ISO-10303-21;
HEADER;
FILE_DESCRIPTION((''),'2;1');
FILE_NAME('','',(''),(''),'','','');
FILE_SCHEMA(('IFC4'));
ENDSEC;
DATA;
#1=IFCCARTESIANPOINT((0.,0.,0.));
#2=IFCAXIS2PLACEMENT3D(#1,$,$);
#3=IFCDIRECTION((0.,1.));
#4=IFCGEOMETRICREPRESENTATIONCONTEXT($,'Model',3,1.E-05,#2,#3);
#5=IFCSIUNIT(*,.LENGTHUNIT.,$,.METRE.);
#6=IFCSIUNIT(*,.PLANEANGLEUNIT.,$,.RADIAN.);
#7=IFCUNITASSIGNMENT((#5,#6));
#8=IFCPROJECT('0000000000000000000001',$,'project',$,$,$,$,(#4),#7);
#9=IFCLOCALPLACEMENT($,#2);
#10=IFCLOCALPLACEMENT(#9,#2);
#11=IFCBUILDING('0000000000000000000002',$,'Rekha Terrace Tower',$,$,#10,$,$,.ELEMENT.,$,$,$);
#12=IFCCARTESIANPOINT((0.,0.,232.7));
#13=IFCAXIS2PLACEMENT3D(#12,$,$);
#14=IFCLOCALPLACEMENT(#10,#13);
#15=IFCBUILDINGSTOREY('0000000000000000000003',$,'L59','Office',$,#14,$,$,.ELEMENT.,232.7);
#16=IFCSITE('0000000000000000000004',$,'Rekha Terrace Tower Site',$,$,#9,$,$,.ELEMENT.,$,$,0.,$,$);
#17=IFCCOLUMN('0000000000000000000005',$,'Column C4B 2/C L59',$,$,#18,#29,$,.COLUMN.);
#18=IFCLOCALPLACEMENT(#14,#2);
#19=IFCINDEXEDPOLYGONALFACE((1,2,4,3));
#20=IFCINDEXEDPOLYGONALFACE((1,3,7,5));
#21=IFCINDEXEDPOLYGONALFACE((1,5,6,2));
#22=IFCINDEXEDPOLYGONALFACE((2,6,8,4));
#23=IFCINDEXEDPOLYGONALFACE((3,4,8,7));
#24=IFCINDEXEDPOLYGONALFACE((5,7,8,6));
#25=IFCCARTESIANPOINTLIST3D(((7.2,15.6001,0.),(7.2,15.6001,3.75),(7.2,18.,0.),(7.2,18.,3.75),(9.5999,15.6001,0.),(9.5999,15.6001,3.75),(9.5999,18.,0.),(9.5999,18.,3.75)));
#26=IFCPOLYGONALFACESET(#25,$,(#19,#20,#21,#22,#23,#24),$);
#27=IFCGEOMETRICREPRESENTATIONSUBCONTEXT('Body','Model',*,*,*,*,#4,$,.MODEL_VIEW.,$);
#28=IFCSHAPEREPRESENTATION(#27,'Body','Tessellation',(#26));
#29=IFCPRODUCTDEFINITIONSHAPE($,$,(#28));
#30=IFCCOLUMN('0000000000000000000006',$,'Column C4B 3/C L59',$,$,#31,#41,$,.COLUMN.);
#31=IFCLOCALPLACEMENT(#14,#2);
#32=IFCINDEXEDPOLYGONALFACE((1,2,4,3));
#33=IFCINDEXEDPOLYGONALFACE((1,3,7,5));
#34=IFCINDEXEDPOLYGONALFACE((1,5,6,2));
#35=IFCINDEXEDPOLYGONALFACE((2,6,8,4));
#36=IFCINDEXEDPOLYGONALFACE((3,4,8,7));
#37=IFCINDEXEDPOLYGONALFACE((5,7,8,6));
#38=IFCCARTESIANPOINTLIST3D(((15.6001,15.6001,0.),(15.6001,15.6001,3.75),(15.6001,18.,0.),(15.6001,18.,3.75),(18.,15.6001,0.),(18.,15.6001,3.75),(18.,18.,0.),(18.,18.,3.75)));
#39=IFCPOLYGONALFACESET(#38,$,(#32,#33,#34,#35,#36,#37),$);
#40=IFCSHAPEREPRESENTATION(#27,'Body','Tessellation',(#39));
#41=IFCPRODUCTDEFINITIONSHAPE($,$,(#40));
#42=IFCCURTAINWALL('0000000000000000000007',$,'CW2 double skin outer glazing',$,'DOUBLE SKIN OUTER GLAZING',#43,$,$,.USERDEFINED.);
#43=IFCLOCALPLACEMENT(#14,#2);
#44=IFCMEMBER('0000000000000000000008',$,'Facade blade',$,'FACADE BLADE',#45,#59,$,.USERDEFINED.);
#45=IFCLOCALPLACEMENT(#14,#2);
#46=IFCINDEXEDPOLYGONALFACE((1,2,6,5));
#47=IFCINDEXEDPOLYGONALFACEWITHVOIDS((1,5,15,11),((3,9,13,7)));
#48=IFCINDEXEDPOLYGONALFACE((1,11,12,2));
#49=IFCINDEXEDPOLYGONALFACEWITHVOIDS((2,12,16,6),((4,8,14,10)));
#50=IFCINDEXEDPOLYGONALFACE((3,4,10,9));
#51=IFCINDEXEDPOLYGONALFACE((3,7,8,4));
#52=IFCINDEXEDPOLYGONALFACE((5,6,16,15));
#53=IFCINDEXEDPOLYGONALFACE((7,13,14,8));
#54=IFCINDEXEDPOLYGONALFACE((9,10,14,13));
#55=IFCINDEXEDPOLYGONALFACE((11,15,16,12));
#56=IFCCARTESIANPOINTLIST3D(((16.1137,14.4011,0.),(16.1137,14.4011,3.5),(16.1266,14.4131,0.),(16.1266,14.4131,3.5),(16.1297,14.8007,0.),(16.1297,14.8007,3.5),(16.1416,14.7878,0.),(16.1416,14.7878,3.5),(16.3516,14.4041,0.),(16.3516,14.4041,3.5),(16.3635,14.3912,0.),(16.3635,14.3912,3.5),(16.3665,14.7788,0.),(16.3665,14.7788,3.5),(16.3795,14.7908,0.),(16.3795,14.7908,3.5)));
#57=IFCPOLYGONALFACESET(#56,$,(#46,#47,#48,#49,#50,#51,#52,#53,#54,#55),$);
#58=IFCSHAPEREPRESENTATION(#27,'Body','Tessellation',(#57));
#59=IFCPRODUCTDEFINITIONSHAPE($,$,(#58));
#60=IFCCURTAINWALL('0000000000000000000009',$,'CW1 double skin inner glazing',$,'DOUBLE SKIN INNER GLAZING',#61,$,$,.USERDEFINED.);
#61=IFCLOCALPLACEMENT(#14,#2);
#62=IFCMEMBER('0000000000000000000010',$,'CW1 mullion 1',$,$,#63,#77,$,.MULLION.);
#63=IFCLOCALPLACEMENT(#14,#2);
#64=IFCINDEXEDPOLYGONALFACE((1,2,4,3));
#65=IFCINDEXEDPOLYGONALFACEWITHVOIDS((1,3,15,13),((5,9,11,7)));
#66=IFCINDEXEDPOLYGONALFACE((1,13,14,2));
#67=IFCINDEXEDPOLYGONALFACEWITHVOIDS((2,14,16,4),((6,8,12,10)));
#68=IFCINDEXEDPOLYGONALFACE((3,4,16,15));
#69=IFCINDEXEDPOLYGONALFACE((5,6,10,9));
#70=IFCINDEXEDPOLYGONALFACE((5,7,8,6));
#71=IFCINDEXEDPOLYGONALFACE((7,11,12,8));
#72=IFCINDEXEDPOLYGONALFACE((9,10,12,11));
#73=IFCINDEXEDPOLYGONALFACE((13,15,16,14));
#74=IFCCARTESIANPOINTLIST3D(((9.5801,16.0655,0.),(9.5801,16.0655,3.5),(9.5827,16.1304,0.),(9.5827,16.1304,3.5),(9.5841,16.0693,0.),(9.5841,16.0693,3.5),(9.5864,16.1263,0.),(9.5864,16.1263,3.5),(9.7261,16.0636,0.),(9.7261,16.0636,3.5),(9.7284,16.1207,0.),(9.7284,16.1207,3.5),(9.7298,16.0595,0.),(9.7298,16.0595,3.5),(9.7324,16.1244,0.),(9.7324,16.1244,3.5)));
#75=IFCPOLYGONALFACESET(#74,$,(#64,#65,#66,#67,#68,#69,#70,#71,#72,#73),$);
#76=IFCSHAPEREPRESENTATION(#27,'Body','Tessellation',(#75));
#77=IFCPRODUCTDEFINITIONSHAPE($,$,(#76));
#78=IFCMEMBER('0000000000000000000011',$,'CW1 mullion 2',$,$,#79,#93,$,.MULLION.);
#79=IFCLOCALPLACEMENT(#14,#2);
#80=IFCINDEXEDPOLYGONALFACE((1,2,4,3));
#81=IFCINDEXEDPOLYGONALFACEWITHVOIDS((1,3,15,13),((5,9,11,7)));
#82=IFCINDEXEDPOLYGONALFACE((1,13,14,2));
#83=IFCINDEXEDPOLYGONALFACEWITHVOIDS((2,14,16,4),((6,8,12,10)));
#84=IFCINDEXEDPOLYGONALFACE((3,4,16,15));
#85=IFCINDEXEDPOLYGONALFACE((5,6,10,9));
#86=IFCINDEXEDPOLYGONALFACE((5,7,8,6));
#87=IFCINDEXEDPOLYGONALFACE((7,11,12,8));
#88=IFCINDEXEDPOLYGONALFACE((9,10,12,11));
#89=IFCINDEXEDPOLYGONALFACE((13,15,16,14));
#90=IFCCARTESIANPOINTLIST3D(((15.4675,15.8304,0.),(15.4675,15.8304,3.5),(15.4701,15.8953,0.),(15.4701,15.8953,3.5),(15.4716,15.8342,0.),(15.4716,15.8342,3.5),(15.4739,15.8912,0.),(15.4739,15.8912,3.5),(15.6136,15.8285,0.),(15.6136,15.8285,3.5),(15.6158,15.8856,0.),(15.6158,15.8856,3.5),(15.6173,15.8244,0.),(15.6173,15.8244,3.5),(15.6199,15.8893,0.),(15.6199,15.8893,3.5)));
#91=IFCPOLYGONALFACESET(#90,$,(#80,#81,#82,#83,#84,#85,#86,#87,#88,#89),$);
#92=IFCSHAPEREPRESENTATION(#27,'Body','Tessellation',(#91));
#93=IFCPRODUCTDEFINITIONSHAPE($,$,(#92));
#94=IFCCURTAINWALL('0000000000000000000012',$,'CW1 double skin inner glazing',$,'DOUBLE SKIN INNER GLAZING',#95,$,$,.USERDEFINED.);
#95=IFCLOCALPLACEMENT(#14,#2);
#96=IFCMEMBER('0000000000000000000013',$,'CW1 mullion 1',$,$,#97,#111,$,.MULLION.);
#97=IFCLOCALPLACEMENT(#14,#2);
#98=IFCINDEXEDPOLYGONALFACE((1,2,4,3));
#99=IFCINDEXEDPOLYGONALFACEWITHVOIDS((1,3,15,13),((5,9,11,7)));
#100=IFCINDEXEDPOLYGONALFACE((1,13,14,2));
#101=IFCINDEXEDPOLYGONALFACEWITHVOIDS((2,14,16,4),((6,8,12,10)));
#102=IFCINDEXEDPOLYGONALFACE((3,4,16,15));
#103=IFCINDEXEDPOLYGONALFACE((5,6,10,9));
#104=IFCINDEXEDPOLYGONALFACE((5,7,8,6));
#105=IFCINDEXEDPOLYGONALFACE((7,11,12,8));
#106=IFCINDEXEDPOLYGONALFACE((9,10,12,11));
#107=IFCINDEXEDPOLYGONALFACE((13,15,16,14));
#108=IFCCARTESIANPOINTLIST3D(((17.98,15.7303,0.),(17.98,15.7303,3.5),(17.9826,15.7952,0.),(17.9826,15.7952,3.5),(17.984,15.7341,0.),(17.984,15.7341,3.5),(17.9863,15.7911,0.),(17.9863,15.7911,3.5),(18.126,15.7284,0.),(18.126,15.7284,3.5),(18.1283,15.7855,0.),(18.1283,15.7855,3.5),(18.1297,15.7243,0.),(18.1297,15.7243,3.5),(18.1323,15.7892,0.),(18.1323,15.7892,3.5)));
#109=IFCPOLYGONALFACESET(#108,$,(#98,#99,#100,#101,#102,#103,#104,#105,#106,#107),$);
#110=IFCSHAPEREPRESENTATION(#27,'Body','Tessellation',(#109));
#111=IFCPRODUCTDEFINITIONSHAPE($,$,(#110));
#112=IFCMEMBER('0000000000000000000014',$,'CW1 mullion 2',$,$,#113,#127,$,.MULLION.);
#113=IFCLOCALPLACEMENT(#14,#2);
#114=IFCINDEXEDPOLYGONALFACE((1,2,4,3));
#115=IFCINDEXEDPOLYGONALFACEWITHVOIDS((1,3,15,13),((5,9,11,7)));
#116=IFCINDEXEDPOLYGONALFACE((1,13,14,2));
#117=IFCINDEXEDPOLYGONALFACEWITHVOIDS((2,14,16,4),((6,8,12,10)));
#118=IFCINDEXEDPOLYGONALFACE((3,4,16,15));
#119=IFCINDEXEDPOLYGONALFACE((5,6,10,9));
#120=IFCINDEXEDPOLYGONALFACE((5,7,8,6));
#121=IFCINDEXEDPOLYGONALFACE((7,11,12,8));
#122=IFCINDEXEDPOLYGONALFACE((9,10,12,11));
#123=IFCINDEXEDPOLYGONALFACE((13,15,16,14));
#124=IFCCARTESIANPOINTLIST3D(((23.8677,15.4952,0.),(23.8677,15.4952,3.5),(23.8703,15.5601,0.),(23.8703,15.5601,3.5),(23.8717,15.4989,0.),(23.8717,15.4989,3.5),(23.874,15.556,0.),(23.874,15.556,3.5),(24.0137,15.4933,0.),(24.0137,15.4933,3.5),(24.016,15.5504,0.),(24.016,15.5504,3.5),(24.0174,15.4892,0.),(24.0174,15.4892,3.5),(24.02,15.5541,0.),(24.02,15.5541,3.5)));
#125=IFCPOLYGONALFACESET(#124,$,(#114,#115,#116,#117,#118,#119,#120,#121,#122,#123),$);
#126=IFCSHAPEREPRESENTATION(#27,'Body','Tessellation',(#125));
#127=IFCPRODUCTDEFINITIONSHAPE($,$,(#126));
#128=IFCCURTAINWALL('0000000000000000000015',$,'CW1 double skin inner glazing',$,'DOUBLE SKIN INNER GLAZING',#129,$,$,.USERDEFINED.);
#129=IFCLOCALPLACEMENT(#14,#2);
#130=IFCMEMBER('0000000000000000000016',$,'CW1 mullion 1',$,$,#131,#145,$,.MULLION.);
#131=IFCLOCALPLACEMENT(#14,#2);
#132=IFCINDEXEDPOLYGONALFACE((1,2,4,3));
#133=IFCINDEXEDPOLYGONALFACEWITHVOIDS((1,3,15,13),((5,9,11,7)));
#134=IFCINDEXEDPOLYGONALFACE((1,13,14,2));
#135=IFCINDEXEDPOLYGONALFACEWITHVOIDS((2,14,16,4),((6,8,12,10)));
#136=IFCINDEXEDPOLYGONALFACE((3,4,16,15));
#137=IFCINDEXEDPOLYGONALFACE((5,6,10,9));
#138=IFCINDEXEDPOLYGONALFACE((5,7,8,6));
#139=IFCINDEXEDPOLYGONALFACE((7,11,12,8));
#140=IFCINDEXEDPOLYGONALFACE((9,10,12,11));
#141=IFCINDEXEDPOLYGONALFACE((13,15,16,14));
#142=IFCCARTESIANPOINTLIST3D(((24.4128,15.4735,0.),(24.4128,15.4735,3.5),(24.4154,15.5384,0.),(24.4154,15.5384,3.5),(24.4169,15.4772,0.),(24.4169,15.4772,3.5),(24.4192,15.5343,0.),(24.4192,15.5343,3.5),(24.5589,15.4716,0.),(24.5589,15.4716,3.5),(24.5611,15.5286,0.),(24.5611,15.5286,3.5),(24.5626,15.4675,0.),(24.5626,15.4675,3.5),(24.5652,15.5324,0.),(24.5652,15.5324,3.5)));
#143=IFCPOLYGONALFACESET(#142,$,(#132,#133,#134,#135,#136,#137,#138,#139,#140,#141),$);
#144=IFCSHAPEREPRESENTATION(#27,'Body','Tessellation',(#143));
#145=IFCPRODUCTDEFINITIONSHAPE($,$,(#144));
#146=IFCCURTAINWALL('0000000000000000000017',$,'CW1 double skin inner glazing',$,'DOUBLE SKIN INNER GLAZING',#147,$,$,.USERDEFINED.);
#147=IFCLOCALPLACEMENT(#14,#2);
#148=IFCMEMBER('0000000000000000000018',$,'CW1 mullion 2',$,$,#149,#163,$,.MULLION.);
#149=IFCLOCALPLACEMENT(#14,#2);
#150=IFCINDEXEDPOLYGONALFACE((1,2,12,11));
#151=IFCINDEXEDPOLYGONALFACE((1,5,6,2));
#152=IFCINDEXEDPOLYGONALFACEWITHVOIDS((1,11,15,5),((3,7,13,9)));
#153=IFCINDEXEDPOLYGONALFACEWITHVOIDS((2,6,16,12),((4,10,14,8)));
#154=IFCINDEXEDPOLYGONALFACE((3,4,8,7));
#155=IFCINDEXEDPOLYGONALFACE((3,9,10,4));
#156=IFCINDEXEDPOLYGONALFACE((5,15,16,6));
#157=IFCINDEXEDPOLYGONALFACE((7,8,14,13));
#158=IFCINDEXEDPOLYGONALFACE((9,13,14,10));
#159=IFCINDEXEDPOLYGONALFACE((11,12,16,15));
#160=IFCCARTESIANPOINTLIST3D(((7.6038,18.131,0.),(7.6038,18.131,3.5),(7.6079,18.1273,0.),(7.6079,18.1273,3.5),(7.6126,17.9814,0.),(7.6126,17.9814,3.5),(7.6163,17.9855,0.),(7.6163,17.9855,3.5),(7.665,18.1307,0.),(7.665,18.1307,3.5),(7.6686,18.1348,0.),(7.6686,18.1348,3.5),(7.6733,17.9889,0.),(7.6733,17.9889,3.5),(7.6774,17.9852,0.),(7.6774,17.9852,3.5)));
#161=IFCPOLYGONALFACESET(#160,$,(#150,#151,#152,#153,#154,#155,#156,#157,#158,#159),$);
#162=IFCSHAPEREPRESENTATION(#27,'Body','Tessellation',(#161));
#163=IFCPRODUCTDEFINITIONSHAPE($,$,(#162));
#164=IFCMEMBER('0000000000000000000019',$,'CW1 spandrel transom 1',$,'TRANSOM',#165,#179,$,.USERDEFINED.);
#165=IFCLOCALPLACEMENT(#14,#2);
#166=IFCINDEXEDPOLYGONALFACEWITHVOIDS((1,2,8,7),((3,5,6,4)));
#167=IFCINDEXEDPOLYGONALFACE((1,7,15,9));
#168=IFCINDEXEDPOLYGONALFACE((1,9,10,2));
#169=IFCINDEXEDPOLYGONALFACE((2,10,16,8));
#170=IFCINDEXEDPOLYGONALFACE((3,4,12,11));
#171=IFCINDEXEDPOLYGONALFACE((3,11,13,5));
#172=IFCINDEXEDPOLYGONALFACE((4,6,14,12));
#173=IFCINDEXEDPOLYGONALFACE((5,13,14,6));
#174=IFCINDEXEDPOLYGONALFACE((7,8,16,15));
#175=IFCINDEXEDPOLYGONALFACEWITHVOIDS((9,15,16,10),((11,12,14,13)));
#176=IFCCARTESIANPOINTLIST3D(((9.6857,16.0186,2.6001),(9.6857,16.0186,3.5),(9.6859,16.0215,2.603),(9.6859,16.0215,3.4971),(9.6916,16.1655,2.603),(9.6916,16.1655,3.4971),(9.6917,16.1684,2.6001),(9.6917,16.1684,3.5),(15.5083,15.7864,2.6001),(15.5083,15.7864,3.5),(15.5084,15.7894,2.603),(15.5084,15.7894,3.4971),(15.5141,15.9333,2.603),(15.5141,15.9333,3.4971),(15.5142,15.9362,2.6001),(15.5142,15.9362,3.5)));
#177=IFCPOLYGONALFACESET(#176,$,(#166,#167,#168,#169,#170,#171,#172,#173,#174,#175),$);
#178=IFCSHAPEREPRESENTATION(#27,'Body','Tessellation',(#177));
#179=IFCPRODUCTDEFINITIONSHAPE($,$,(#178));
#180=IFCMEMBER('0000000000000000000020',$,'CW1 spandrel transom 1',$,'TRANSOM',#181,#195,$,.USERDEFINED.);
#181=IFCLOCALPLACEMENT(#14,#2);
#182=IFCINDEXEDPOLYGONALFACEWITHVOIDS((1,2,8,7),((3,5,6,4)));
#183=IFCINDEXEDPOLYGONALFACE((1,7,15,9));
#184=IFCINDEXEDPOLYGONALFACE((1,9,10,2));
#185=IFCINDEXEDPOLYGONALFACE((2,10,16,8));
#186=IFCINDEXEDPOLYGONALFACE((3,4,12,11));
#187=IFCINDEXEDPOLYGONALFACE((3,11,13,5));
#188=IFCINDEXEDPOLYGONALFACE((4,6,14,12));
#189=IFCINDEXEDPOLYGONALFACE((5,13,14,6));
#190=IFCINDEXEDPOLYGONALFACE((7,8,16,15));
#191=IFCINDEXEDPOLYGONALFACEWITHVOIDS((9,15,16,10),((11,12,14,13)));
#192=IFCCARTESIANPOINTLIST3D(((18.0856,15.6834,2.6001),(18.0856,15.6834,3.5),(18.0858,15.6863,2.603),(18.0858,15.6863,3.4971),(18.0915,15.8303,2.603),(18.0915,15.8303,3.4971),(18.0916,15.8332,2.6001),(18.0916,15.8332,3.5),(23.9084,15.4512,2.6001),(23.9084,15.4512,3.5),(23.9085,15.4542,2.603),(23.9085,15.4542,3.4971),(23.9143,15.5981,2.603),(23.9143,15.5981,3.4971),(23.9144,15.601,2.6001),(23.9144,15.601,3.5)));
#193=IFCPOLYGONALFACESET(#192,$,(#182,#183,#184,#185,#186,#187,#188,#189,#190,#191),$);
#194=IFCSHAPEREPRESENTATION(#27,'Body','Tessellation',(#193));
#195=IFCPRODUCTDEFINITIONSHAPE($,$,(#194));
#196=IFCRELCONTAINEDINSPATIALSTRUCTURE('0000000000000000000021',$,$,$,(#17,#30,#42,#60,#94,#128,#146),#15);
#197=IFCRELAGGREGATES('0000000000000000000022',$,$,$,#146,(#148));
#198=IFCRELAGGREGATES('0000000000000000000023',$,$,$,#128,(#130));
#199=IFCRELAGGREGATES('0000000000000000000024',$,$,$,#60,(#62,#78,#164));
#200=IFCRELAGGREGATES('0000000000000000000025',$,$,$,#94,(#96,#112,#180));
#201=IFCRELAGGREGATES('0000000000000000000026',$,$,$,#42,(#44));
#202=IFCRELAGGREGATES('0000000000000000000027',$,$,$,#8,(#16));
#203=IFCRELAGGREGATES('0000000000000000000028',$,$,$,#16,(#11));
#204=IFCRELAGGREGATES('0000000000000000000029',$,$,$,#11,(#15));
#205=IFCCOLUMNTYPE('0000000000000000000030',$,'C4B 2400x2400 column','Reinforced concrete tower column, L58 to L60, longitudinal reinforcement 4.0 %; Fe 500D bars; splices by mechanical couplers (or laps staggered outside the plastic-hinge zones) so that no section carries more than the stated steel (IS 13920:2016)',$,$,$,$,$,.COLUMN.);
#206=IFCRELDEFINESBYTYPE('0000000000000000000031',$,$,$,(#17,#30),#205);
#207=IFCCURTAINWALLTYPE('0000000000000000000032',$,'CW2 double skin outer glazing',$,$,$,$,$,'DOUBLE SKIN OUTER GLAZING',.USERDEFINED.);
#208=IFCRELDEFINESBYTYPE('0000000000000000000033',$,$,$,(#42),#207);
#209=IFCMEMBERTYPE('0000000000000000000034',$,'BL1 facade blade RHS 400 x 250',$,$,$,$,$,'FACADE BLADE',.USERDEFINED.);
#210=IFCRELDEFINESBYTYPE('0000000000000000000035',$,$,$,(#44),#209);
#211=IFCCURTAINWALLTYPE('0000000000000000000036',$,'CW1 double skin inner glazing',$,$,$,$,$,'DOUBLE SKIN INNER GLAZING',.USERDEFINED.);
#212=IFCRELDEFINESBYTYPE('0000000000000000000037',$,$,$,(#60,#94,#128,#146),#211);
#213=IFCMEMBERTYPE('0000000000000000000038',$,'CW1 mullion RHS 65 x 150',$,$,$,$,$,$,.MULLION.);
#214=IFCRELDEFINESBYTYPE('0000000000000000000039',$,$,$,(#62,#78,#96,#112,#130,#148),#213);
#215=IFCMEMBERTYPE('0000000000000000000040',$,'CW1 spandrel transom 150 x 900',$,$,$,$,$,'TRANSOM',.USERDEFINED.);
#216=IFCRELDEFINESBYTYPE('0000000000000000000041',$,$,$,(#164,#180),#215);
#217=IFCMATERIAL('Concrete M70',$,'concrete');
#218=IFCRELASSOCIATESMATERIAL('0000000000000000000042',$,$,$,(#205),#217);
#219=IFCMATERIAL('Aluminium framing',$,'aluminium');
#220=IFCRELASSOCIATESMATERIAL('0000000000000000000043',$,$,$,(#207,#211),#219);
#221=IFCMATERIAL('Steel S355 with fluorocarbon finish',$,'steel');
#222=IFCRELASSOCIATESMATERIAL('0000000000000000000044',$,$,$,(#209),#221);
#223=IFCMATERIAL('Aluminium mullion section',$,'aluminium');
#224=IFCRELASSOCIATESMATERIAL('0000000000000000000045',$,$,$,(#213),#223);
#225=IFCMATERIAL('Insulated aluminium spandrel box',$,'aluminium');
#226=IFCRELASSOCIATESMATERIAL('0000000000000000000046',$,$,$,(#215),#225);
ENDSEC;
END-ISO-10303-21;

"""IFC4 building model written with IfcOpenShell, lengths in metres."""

from ifc_helpers import new_model, si_unit, direction, frame, origin, origin_2d, place, context, subcontext, project, spatial, rectangle, hollow_rectangle, extrude, material, material_profile, profile_set, type_object, element, aggregate, save


model = new_model("IFC4")

# Units and contexts
model_context = context("Model", 3, precision=1e-05, world=origin(), true_north=direction((0.0, 1.0)))
body_context = subcontext(model_context, "Body", "Model", "MODEL_VIEW")
ifc_project = project(units=[si_unit("LENGTHUNIT", "METRE"), si_unit("PLANEANGLEUNIT", "RADIAN")], contexts=[model_context])

# Site, building, storey
site_placement = place(None, origin())
site = spatial("IfcSite", under=ifc_project, at=site_placement, Name="Rekha Terrace Tower Site", CompositionType="ELEMENT", RefElevation=0.0)
building_placement = place(site_placement, origin())
building = spatial("IfcBuilding", under=site, at=building_placement, Name="Rekha Terrace Tower", CompositionType="ELEMENT")
storey_placement = place(building_placement, frame((0.0, 0.0, 232.7)))
storey = spatial("IfcBuildingStorey", under=building, at=storey_placement, Name="L59", Description="Office", CompositionType="ELEMENT", Elevation=232.7)

# Columns
ifc_material_1 = material(Name="Concrete M70", Category="concrete")
ifc_material_profile_1 = material_profile(ifc_material_1, rectangle(XDim=2.3999, YDim=2.3999, at=origin_2d()), Name="RC 2400x2400")
ifc_profile_set_1 = profile_set([ifc_material_profile_1], Name="Concrete M70")
column_type = type_object("IfcColumnType", Name="C4B 2400x2400 column", Description="Reinforced concrete tower column, L58 to L60, longitudinal reinforcement 4.0 %; Fe 500D bars; splices by mechanical couplers (or laps staggered outside the plastic-hinge zones) so that no section carries more than the stated steel (IS 13920:2016)", PredefinedType="COLUMN", material=ifc_profile_set_1)
for number, where, z_axis, x_axis, name in (
    (1, (8.3999, 16.8, 0.0), (0.0, 0.0, 1.0), (1.0, 0.0, 0.0), "Column C4B 2/C L59"),
    (2, (16.8, 16.8, 0.0), (0.0, 0.0, 1.0), (1.0, 0.0, 0.0), "Column C4B 3/C L59"),
):
    element("IfcColumn", number, at=place(storey_placement, frame(where, z_axis=z_axis, x_axis=x_axis)), inside=storey, type_object=column_type, Name=name, PredefinedType="COLUMN", context=body_context, shape_type="SweptSolid", body=[
        extrude(rectangle(XDim=2.3999, YDim=2.3999, at=origin_2d()), origin(), (0.0, 0.0, 1.0), 3.75),
    ])

# Curtain wall, member
ifc_material_2 = material(Name="Aluminium framing", Category="aluminium")
curtain_wall_type_1 = type_object("IfcCurtainWallType", Name="CW2 double skin outer glazing", ElementType="DOUBLE SKIN OUTER GLAZING", PredefinedType="USERDEFINED", material=ifc_material_2)
curtain_wall_1_placement = place(storey_placement, origin())
curtain_wall_1 = element("IfcCurtainWall", 3, at=curtain_wall_1_placement, inside=storey, type_object=curtain_wall_type_1, Name="CW2 double skin outer glazing", ObjectType="DOUBLE SKIN OUTER GLAZING", PredefinedType="USERDEFINED")
ifc_material_3 = material(Name="Steel S355 with fluorocarbon finish", Category="steel")
ifc_material_profile_2 = material_profile(ifc_material_3, hollow_rectangle(XDim=0.25, YDim=0.3999, WallThickness=0.0125, at=origin_2d()), Name="RHS400x250x12.5")
ifc_profile_set_2 = profile_set([ifc_material_profile_2], Name="Steel S355 with fluorocarbon finish")
member_type_1 = type_object("IfcMemberType", Name="BL1 facade blade RHS 400 x 250", ElementType="FACADE BLADE", PredefinedType="USERDEFINED", material=ifc_profile_set_2)
member_1_placement = place(storey_placement, frame((16.2466, 14.5959, 0.0), z_axis=(0.0, 0.0, 1.0), x_axis=(0.999205, -0.039872, 0.0)))
member_1 = element("IfcMember", 4, at=member_1_placement, type_object=member_type_1, Name="Facade blade", ObjectType="FACADE BLADE", PredefinedType="USERDEFINED", context=body_context, shape_type="SweptSolid", body=[
    extrude(hollow_rectangle(XDim=0.25, YDim=0.3999, WallThickness=0.0125, at=origin_2d()), origin(), (0.0, 0.0, 1.0), 3.5),
])

# Curtain walls, members
curtain_wall_type_2 = type_object("IfcCurtainWallType", Name="CW1 double skin inner glazing", ElementType="DOUBLE SKIN INNER GLAZING", PredefinedType="USERDEFINED", material=ifc_material_2)
curtain_wall_2_placement = place(storey_placement, origin())
curtain_wall_2 = element("IfcCurtainWall", 5, at=curtain_wall_2_placement, inside=storey, type_object=curtain_wall_type_2, Name="CW1 double skin inner glazing", ObjectType="DOUBLE SKIN INNER GLAZING", PredefinedType="USERDEFINED")
ifc_material_4 = material(Name="Aluminium mullion section", Category="aluminium")
ifc_material_profile_3 = material_profile(ifc_material_4, hollow_rectangle(XDim=0.0649, YDim=0.1499, WallThickness=0.0039, at=origin_2d()), Name="AL RHS 65x150")
ifc_profile_set_3 = profile_set([ifc_material_profile_3], Name="Aluminium mullion section")
member_type_2 = type_object("IfcMemberType", Name="CW1 mullion RHS 65 x 150", PredefinedType="MULLION", material=ifc_profile_set_3)
member_2_placement = place(storey_placement, frame((9.6562, 16.095, 0.0), z_axis=(0.0, 0.0, 1.0), x_axis=(0.039872, 0.999205, 0.0)))
member_2 = element("IfcMember", 6, at=member_2_placement, type_object=member_type_2, Name="CW1 mullion 1", PredefinedType="MULLION", context=body_context, shape_type="SweptSolid", body=[
    extrude(hollow_rectangle(XDim=0.0649, YDim=0.1499, WallThickness=0.0039, at=origin_2d()), origin(), (0.0, 0.0, 1.0), 3.5),
])
member_3_placement = place(storey_placement, frame((15.5437, 15.8599, 0.0), z_axis=(0.0, 0.0, 1.0), x_axis=(0.039872, 0.999205, 0.0)))
member_3 = element("IfcMember", 7, at=member_3_placement, type_object=member_type_2, Name="CW1 mullion 2", PredefinedType="MULLION", context=body_context, shape_type="SweptSolid", body=[
    extrude(hollow_rectangle(XDim=0.0649, YDim=0.1499, WallThickness=0.0039, at=origin_2d()), origin(), (0.0, 0.0, 1.0), 3.5),
])
curtain_wall_3_placement = place(storey_placement, origin())
curtain_wall_3 = element("IfcCurtainWall", 8, at=curtain_wall_3_placement, inside=storey, type_object=curtain_wall_type_2, Name="CW1 double skin inner glazing", ObjectType="DOUBLE SKIN INNER GLAZING", PredefinedType="USERDEFINED")
member_4_placement = place(storey_placement, frame((18.0562, 15.7598, 0.0), z_axis=(0.0, 0.0, 1.0), x_axis=(0.039872, 0.999205, 0.0)))
member_4 = element("IfcMember", 9, at=member_4_placement, type_object=member_type_2, Name="CW1 mullion 1", PredefinedType="MULLION", context=body_context, shape_type="SweptSolid", body=[
    extrude(hollow_rectangle(XDim=0.0649, YDim=0.1499, WallThickness=0.0039, at=origin_2d()), origin(), (0.0, 0.0, 1.0), 3.5),
])
member_5_placement = place(storey_placement, frame((23.9438, 15.5247, 0.0), z_axis=(0.0, 0.0, 1.0), x_axis=(0.039872, 0.999205, 0.0)))
member_5 = element("IfcMember", 10, at=member_5_placement, type_object=member_type_2, Name="CW1 mullion 2", PredefinedType="MULLION", context=body_context, shape_type="SweptSolid", body=[
    extrude(hollow_rectangle(XDim=0.0649, YDim=0.1499, WallThickness=0.0039, at=origin_2d()), origin(), (0.0, 0.0, 1.0), 3.5),
])

# Curtain walls, members
curtain_wall_4_placement = place(storey_placement, origin())
curtain_wall_4 = element("IfcCurtainWall", 11, at=curtain_wall_4_placement, inside=storey, type_object=curtain_wall_type_2, Name="CW1 double skin inner glazing", ObjectType="DOUBLE SKIN INNER GLAZING", PredefinedType="USERDEFINED")
member_6_placement = place(storey_placement, frame((24.489, 15.5029, 0.0), z_axis=(0.0, 0.0, 1.0), x_axis=(0.039872, 0.999205, 0.0)))
member_6 = element("IfcMember", 12, at=member_6_placement, type_object=member_type_2, Name="CW1 mullion 1", PredefinedType="MULLION", context=body_context, shape_type="SweptSolid", body=[
    extrude(hollow_rectangle(XDim=0.0649, YDim=0.1499, WallThickness=0.0039, at=origin_2d()), origin(), (0.0, 0.0, 1.0), 3.5),
])
curtain_wall_5_placement = place(storey_placement, origin())
curtain_wall_5 = element("IfcCurtainWall", 13, at=curtain_wall_5_placement, inside=storey, type_object=curtain_wall_type_2, Name="CW1 double skin inner glazing", ObjectType="DOUBLE SKIN INNER GLAZING", PredefinedType="USERDEFINED")
member_7_placement = place(storey_placement, frame((7.6406, 18.0581, 0.0), z_axis=(0.0, 0.0, 1.0), x_axis=(0.998272, 0.058765, 0.0)))
member_7 = element("IfcMember", 14, at=member_7_placement, type_object=member_type_2, Name="CW1 mullion 2", PredefinedType="MULLION", context=body_context, shape_type="SweptSolid", body=[
    extrude(hollow_rectangle(XDim=0.0649, YDim=0.1499, WallThickness=0.0039, at=origin_2d()), origin(), (0.0, 0.0, 1.0), 3.5),
])
aggregate(curtain_wall_5, [member_7])

# Members
ifc_material_5 = material(Name="Insulated aluminium spandrel box", Category="aluminium")
ifc_material_profile_4 = material_profile(ifc_material_5, hollow_rectangle(XDim=0.1499, YDim=0.8999, WallThickness=0.0029, at=origin_2d()), Name="AL SPANDREL BOX 150x900")
ifc_profile_set_4 = profile_set([ifc_material_profile_4], Name="Insulated aluminium spandrel box")
member_type_3 = type_object("IfcMemberType", Name="CW1 spandrel transom 150 x 900", ElementType="TRANSOM", PredefinedType="USERDEFINED", material=ifc_profile_set_4)
member_8_placement = place(storey_placement, frame((9.6887, 16.0935, 3.05), z_axis=(0.999206, -0.039844, 0.0), x_axis=(0.039844, 0.999206, 0.0)))
member_8 = element("IfcMember", 15, at=member_8_placement, type_object=member_type_3, Name="CW1 spandrel transom 1", ObjectType="TRANSOM", PredefinedType="USERDEFINED", context=body_context, shape_type="SweptSolid", body=[
    extrude(hollow_rectangle(XDim=0.1499, YDim=0.8999, WallThickness=0.0029, at=origin_2d()), origin(), (0.0, 0.0, 1.0), 5.8271),
])
member_9_placement = place(storey_placement, frame((18.0886, 15.7583, 3.05), z_axis=(0.999206, -0.039843, 0.0), x_axis=(0.039843, 0.999206, 0.0)))
member_9 = element("IfcMember", 16, at=member_9_placement, type_object=member_type_3, Name="CW1 spandrel transom 1", ObjectType="TRANSOM", PredefinedType="USERDEFINED", context=body_context, shape_type="SweptSolid", body=[
    extrude(hollow_rectangle(XDim=0.1499, YDim=0.8999, WallThickness=0.0029, at=origin_2d()), origin(), (0.0, 0.0, 1.0), 5.8274),
])
aggregate(curtain_wall_4, [member_6])

aggregate(curtain_wall_2, [member_2, member_3, member_8])
aggregate(curtain_wall_3, [member_4, member_5, member_9])
aggregate(curtain_wall_1, [member_1])

save(model, "model.ifc")
